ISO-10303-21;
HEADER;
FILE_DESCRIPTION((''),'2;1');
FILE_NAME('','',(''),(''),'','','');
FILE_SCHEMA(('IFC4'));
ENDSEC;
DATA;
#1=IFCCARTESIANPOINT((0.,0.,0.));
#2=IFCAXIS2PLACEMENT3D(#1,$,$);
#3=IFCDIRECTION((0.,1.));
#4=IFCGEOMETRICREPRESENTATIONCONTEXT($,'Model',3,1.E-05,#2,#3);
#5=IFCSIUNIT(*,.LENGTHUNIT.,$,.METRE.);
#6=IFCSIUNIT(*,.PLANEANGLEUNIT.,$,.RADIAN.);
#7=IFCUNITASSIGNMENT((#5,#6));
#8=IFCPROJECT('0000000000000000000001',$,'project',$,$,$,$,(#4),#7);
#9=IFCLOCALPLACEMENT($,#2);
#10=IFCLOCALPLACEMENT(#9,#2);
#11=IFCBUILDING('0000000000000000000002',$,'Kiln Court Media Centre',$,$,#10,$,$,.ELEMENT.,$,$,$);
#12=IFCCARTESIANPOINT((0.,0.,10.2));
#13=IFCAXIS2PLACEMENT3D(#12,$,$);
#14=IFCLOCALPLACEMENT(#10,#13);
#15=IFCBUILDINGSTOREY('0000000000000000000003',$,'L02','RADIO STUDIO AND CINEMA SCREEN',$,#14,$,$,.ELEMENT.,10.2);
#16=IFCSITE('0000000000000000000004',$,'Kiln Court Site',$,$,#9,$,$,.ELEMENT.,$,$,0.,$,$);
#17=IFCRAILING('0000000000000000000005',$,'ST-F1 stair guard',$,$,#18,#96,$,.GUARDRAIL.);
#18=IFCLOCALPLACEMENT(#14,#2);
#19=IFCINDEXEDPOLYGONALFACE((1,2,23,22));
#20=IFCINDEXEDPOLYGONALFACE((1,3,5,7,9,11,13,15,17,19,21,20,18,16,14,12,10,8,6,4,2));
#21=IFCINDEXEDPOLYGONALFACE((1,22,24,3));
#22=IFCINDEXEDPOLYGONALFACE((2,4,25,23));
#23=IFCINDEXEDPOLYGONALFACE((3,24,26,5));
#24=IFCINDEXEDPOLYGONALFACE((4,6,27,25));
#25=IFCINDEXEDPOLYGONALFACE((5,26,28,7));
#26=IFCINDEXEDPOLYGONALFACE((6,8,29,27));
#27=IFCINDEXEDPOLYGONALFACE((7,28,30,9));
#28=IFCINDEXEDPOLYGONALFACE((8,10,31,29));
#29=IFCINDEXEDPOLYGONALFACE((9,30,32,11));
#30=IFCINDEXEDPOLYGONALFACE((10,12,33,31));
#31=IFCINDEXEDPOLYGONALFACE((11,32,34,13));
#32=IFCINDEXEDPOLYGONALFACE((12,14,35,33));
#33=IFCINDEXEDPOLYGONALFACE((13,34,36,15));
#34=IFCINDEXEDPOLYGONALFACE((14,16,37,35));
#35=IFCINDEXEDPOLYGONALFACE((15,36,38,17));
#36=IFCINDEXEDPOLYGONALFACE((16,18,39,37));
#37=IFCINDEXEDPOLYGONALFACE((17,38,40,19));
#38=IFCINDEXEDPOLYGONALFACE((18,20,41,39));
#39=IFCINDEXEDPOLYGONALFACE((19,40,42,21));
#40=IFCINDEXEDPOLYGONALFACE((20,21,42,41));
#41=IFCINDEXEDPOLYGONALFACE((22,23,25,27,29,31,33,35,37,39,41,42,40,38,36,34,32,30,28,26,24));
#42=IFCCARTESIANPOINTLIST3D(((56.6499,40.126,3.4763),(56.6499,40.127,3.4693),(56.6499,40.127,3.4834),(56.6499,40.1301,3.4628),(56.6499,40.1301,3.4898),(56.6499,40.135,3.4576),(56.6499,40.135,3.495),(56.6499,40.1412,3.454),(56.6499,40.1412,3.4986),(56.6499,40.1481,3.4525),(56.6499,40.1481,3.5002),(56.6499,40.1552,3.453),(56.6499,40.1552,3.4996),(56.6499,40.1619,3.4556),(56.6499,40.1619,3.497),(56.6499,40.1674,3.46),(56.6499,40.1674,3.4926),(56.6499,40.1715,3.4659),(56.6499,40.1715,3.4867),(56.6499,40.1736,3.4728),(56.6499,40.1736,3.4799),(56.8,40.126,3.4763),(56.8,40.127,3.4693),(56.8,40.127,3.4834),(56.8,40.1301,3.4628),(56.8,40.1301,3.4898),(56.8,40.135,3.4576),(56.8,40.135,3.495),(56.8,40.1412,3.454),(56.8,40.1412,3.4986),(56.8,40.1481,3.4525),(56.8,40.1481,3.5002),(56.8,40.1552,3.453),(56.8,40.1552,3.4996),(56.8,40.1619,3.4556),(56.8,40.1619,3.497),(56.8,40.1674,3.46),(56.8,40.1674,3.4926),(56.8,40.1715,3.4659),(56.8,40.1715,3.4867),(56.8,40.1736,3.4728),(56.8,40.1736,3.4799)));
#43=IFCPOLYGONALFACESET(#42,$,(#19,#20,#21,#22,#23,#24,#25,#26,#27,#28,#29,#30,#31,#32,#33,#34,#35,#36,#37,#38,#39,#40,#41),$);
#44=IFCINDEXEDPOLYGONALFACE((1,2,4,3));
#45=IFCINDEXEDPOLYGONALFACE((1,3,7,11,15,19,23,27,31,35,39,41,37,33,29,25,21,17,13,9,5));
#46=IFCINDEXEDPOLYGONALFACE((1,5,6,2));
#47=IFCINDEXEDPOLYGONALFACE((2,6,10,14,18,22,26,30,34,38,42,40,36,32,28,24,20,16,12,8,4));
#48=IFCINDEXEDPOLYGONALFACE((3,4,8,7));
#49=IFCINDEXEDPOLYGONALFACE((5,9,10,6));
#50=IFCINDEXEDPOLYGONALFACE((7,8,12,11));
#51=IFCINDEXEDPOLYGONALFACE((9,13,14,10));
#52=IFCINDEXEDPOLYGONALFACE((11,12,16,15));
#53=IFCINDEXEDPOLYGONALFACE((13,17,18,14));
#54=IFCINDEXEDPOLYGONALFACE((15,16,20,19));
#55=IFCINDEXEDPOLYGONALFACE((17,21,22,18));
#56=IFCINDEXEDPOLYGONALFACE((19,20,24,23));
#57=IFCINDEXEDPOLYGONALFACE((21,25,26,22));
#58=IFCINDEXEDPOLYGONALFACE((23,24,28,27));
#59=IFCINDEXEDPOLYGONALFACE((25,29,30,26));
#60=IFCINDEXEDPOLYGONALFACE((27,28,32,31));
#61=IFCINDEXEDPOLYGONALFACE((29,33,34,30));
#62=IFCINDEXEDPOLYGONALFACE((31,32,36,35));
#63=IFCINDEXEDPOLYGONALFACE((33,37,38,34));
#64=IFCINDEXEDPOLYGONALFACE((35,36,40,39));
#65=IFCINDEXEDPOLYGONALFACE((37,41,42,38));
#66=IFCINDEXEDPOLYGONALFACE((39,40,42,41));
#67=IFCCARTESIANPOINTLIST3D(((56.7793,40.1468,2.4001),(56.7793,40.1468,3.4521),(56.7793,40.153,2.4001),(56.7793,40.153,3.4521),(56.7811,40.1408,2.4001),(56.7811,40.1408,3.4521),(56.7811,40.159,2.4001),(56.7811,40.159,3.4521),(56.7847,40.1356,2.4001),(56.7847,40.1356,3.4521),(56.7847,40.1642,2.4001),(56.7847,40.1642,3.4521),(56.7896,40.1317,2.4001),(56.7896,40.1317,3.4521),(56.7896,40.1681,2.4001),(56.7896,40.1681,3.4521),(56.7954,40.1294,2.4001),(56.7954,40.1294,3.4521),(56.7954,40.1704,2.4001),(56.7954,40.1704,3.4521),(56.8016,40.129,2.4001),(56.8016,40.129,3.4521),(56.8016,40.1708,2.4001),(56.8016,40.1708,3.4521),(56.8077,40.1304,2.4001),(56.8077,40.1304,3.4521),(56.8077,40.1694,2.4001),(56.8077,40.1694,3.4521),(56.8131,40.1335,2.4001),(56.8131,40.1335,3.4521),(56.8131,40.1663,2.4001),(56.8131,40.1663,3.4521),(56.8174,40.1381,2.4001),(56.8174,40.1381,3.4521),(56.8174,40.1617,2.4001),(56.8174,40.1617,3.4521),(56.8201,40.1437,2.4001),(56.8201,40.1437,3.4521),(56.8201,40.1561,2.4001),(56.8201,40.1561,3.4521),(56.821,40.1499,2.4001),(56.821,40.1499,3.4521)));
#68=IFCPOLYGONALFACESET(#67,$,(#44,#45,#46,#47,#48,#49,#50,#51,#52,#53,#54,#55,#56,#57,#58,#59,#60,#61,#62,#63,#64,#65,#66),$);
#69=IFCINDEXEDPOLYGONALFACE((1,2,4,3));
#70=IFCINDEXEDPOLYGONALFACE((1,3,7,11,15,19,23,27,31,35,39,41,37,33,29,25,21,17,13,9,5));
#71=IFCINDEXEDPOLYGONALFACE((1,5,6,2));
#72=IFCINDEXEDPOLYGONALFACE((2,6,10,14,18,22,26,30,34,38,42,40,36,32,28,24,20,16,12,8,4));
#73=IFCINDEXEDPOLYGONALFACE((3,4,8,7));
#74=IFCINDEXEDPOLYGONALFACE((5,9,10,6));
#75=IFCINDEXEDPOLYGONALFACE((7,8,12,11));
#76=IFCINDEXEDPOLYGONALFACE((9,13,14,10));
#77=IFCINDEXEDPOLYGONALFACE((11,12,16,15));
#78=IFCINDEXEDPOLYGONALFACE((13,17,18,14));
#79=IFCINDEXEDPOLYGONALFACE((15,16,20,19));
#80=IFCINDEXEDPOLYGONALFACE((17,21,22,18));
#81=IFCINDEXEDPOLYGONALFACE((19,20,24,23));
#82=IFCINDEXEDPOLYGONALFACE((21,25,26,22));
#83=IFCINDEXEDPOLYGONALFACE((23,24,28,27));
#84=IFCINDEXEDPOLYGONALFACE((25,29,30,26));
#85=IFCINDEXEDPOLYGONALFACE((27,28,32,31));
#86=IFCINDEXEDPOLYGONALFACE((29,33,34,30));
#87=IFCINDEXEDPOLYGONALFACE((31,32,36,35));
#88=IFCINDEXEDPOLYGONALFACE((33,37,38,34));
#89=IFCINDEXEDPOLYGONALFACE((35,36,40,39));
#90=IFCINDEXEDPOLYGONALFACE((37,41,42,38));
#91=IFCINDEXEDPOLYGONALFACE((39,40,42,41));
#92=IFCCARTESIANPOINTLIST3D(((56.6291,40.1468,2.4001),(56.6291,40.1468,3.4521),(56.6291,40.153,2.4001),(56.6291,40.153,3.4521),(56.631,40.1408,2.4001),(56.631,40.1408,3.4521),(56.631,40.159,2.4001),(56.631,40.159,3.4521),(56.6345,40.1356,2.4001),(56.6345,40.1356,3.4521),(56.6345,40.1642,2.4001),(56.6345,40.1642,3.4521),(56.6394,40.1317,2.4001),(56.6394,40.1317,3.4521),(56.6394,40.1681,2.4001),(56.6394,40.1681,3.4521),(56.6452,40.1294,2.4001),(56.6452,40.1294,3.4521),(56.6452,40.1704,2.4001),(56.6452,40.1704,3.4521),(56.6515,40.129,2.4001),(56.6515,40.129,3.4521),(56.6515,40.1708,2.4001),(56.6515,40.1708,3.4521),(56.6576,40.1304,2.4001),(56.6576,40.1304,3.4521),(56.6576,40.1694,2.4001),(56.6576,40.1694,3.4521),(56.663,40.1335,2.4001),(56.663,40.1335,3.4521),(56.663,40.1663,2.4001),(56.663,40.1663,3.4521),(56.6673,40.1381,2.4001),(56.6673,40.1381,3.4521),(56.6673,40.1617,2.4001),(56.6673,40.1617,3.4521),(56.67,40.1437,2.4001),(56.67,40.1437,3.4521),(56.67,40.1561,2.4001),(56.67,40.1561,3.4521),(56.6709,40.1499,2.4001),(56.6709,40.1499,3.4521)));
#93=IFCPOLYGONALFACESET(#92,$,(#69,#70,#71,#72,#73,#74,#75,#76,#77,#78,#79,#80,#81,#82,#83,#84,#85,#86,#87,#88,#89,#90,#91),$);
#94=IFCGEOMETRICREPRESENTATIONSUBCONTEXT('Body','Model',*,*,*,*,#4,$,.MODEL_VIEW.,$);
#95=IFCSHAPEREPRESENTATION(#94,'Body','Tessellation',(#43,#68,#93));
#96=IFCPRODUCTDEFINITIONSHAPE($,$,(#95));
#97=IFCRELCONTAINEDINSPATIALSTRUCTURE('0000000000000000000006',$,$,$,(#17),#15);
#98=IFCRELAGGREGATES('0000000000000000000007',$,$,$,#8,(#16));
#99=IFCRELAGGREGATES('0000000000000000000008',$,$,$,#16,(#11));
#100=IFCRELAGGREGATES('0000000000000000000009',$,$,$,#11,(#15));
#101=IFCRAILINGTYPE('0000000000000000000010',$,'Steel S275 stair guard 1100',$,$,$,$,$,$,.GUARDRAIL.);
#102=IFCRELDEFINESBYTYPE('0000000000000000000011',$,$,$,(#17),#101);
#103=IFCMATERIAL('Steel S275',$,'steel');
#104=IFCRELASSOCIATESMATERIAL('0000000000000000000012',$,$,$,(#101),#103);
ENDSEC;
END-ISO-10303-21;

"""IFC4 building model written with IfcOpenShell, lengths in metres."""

from ifc_helpers import new_model, si_unit, direction, frame, origin, origin_2d, place, context, subcontext, project, spatial, circle, extrude, material, type_object, element, save


model = new_model("IFC4")

# Units and contexts
model_context = context("Model", 3, precision=1e-05, world=origin(), true_north=direction((0.0, 1.0)))
body_context = subcontext(model_context, "Body", "Model", "MODEL_VIEW")
ifc_project = project(units=[si_unit("LENGTHUNIT", "METRE"), si_unit("PLANEANGLEUNIT", "RADIAN")], contexts=[model_context])

# Site, building, storey
site_placement = place(None, origin())
site = spatial("IfcSite", under=ifc_project, at=site_placement, Name="Kiln Court Site", CompositionType="ELEMENT", RefElevation=0.0)
building_placement = place(site_placement, origin())
building = spatial("IfcBuilding", under=site, at=building_placement, Name="Kiln Court Media Centre", CompositionType="ELEMENT")
storey_placement = place(building_placement, frame((0.0, 0.0, 10.2)))
storey = spatial("IfcBuildingStorey", under=building, at=storey_placement, Name="L02", Description="RADIO STUDIO AND CINEMA SCREEN", CompositionType="ELEMENT", Elevation=10.2)

# Railing
ifc_material_1 = material(Name="Steel S275", Category="steel")
railing_type_1 = type_object("IfcRailingType", Name="Steel S275 stair guard 1100", PredefinedType="GUARDRAIL", material=ifc_material_1)
railing_1_placement = place(storey_placement, frame((56.8, 40.1499, 2.4001)))
element("IfcRailing", 1, at=railing_1_placement, inside=storey, type_object=railing_type_1, Name="ST-F1 stair guard", PredefinedType="GUARDRAIL", context=body_context, shape_type="SweptSolid", body=[
    extrude(circle(Radius=0.0239, at=origin_2d()), frame((0.0, 0.0, 1.0762), z_axis=(-1.0, 0.0, 0.0), x_axis=(0.0, -1.0, 0.0)), (0.0, 0.0, 1.0), 0.1501),
    extrude(circle(Radius=0.021, at=origin_2d()), origin(), (0.0, 0.0, 1.0), 1.052),
    extrude(circle(Radius=0.021, at=origin_2d()), frame((-0.1501, 0.0, 0.0)), (0.0, 0.0, 1.0), 1.052),
])

save(model, "model.ifc")
